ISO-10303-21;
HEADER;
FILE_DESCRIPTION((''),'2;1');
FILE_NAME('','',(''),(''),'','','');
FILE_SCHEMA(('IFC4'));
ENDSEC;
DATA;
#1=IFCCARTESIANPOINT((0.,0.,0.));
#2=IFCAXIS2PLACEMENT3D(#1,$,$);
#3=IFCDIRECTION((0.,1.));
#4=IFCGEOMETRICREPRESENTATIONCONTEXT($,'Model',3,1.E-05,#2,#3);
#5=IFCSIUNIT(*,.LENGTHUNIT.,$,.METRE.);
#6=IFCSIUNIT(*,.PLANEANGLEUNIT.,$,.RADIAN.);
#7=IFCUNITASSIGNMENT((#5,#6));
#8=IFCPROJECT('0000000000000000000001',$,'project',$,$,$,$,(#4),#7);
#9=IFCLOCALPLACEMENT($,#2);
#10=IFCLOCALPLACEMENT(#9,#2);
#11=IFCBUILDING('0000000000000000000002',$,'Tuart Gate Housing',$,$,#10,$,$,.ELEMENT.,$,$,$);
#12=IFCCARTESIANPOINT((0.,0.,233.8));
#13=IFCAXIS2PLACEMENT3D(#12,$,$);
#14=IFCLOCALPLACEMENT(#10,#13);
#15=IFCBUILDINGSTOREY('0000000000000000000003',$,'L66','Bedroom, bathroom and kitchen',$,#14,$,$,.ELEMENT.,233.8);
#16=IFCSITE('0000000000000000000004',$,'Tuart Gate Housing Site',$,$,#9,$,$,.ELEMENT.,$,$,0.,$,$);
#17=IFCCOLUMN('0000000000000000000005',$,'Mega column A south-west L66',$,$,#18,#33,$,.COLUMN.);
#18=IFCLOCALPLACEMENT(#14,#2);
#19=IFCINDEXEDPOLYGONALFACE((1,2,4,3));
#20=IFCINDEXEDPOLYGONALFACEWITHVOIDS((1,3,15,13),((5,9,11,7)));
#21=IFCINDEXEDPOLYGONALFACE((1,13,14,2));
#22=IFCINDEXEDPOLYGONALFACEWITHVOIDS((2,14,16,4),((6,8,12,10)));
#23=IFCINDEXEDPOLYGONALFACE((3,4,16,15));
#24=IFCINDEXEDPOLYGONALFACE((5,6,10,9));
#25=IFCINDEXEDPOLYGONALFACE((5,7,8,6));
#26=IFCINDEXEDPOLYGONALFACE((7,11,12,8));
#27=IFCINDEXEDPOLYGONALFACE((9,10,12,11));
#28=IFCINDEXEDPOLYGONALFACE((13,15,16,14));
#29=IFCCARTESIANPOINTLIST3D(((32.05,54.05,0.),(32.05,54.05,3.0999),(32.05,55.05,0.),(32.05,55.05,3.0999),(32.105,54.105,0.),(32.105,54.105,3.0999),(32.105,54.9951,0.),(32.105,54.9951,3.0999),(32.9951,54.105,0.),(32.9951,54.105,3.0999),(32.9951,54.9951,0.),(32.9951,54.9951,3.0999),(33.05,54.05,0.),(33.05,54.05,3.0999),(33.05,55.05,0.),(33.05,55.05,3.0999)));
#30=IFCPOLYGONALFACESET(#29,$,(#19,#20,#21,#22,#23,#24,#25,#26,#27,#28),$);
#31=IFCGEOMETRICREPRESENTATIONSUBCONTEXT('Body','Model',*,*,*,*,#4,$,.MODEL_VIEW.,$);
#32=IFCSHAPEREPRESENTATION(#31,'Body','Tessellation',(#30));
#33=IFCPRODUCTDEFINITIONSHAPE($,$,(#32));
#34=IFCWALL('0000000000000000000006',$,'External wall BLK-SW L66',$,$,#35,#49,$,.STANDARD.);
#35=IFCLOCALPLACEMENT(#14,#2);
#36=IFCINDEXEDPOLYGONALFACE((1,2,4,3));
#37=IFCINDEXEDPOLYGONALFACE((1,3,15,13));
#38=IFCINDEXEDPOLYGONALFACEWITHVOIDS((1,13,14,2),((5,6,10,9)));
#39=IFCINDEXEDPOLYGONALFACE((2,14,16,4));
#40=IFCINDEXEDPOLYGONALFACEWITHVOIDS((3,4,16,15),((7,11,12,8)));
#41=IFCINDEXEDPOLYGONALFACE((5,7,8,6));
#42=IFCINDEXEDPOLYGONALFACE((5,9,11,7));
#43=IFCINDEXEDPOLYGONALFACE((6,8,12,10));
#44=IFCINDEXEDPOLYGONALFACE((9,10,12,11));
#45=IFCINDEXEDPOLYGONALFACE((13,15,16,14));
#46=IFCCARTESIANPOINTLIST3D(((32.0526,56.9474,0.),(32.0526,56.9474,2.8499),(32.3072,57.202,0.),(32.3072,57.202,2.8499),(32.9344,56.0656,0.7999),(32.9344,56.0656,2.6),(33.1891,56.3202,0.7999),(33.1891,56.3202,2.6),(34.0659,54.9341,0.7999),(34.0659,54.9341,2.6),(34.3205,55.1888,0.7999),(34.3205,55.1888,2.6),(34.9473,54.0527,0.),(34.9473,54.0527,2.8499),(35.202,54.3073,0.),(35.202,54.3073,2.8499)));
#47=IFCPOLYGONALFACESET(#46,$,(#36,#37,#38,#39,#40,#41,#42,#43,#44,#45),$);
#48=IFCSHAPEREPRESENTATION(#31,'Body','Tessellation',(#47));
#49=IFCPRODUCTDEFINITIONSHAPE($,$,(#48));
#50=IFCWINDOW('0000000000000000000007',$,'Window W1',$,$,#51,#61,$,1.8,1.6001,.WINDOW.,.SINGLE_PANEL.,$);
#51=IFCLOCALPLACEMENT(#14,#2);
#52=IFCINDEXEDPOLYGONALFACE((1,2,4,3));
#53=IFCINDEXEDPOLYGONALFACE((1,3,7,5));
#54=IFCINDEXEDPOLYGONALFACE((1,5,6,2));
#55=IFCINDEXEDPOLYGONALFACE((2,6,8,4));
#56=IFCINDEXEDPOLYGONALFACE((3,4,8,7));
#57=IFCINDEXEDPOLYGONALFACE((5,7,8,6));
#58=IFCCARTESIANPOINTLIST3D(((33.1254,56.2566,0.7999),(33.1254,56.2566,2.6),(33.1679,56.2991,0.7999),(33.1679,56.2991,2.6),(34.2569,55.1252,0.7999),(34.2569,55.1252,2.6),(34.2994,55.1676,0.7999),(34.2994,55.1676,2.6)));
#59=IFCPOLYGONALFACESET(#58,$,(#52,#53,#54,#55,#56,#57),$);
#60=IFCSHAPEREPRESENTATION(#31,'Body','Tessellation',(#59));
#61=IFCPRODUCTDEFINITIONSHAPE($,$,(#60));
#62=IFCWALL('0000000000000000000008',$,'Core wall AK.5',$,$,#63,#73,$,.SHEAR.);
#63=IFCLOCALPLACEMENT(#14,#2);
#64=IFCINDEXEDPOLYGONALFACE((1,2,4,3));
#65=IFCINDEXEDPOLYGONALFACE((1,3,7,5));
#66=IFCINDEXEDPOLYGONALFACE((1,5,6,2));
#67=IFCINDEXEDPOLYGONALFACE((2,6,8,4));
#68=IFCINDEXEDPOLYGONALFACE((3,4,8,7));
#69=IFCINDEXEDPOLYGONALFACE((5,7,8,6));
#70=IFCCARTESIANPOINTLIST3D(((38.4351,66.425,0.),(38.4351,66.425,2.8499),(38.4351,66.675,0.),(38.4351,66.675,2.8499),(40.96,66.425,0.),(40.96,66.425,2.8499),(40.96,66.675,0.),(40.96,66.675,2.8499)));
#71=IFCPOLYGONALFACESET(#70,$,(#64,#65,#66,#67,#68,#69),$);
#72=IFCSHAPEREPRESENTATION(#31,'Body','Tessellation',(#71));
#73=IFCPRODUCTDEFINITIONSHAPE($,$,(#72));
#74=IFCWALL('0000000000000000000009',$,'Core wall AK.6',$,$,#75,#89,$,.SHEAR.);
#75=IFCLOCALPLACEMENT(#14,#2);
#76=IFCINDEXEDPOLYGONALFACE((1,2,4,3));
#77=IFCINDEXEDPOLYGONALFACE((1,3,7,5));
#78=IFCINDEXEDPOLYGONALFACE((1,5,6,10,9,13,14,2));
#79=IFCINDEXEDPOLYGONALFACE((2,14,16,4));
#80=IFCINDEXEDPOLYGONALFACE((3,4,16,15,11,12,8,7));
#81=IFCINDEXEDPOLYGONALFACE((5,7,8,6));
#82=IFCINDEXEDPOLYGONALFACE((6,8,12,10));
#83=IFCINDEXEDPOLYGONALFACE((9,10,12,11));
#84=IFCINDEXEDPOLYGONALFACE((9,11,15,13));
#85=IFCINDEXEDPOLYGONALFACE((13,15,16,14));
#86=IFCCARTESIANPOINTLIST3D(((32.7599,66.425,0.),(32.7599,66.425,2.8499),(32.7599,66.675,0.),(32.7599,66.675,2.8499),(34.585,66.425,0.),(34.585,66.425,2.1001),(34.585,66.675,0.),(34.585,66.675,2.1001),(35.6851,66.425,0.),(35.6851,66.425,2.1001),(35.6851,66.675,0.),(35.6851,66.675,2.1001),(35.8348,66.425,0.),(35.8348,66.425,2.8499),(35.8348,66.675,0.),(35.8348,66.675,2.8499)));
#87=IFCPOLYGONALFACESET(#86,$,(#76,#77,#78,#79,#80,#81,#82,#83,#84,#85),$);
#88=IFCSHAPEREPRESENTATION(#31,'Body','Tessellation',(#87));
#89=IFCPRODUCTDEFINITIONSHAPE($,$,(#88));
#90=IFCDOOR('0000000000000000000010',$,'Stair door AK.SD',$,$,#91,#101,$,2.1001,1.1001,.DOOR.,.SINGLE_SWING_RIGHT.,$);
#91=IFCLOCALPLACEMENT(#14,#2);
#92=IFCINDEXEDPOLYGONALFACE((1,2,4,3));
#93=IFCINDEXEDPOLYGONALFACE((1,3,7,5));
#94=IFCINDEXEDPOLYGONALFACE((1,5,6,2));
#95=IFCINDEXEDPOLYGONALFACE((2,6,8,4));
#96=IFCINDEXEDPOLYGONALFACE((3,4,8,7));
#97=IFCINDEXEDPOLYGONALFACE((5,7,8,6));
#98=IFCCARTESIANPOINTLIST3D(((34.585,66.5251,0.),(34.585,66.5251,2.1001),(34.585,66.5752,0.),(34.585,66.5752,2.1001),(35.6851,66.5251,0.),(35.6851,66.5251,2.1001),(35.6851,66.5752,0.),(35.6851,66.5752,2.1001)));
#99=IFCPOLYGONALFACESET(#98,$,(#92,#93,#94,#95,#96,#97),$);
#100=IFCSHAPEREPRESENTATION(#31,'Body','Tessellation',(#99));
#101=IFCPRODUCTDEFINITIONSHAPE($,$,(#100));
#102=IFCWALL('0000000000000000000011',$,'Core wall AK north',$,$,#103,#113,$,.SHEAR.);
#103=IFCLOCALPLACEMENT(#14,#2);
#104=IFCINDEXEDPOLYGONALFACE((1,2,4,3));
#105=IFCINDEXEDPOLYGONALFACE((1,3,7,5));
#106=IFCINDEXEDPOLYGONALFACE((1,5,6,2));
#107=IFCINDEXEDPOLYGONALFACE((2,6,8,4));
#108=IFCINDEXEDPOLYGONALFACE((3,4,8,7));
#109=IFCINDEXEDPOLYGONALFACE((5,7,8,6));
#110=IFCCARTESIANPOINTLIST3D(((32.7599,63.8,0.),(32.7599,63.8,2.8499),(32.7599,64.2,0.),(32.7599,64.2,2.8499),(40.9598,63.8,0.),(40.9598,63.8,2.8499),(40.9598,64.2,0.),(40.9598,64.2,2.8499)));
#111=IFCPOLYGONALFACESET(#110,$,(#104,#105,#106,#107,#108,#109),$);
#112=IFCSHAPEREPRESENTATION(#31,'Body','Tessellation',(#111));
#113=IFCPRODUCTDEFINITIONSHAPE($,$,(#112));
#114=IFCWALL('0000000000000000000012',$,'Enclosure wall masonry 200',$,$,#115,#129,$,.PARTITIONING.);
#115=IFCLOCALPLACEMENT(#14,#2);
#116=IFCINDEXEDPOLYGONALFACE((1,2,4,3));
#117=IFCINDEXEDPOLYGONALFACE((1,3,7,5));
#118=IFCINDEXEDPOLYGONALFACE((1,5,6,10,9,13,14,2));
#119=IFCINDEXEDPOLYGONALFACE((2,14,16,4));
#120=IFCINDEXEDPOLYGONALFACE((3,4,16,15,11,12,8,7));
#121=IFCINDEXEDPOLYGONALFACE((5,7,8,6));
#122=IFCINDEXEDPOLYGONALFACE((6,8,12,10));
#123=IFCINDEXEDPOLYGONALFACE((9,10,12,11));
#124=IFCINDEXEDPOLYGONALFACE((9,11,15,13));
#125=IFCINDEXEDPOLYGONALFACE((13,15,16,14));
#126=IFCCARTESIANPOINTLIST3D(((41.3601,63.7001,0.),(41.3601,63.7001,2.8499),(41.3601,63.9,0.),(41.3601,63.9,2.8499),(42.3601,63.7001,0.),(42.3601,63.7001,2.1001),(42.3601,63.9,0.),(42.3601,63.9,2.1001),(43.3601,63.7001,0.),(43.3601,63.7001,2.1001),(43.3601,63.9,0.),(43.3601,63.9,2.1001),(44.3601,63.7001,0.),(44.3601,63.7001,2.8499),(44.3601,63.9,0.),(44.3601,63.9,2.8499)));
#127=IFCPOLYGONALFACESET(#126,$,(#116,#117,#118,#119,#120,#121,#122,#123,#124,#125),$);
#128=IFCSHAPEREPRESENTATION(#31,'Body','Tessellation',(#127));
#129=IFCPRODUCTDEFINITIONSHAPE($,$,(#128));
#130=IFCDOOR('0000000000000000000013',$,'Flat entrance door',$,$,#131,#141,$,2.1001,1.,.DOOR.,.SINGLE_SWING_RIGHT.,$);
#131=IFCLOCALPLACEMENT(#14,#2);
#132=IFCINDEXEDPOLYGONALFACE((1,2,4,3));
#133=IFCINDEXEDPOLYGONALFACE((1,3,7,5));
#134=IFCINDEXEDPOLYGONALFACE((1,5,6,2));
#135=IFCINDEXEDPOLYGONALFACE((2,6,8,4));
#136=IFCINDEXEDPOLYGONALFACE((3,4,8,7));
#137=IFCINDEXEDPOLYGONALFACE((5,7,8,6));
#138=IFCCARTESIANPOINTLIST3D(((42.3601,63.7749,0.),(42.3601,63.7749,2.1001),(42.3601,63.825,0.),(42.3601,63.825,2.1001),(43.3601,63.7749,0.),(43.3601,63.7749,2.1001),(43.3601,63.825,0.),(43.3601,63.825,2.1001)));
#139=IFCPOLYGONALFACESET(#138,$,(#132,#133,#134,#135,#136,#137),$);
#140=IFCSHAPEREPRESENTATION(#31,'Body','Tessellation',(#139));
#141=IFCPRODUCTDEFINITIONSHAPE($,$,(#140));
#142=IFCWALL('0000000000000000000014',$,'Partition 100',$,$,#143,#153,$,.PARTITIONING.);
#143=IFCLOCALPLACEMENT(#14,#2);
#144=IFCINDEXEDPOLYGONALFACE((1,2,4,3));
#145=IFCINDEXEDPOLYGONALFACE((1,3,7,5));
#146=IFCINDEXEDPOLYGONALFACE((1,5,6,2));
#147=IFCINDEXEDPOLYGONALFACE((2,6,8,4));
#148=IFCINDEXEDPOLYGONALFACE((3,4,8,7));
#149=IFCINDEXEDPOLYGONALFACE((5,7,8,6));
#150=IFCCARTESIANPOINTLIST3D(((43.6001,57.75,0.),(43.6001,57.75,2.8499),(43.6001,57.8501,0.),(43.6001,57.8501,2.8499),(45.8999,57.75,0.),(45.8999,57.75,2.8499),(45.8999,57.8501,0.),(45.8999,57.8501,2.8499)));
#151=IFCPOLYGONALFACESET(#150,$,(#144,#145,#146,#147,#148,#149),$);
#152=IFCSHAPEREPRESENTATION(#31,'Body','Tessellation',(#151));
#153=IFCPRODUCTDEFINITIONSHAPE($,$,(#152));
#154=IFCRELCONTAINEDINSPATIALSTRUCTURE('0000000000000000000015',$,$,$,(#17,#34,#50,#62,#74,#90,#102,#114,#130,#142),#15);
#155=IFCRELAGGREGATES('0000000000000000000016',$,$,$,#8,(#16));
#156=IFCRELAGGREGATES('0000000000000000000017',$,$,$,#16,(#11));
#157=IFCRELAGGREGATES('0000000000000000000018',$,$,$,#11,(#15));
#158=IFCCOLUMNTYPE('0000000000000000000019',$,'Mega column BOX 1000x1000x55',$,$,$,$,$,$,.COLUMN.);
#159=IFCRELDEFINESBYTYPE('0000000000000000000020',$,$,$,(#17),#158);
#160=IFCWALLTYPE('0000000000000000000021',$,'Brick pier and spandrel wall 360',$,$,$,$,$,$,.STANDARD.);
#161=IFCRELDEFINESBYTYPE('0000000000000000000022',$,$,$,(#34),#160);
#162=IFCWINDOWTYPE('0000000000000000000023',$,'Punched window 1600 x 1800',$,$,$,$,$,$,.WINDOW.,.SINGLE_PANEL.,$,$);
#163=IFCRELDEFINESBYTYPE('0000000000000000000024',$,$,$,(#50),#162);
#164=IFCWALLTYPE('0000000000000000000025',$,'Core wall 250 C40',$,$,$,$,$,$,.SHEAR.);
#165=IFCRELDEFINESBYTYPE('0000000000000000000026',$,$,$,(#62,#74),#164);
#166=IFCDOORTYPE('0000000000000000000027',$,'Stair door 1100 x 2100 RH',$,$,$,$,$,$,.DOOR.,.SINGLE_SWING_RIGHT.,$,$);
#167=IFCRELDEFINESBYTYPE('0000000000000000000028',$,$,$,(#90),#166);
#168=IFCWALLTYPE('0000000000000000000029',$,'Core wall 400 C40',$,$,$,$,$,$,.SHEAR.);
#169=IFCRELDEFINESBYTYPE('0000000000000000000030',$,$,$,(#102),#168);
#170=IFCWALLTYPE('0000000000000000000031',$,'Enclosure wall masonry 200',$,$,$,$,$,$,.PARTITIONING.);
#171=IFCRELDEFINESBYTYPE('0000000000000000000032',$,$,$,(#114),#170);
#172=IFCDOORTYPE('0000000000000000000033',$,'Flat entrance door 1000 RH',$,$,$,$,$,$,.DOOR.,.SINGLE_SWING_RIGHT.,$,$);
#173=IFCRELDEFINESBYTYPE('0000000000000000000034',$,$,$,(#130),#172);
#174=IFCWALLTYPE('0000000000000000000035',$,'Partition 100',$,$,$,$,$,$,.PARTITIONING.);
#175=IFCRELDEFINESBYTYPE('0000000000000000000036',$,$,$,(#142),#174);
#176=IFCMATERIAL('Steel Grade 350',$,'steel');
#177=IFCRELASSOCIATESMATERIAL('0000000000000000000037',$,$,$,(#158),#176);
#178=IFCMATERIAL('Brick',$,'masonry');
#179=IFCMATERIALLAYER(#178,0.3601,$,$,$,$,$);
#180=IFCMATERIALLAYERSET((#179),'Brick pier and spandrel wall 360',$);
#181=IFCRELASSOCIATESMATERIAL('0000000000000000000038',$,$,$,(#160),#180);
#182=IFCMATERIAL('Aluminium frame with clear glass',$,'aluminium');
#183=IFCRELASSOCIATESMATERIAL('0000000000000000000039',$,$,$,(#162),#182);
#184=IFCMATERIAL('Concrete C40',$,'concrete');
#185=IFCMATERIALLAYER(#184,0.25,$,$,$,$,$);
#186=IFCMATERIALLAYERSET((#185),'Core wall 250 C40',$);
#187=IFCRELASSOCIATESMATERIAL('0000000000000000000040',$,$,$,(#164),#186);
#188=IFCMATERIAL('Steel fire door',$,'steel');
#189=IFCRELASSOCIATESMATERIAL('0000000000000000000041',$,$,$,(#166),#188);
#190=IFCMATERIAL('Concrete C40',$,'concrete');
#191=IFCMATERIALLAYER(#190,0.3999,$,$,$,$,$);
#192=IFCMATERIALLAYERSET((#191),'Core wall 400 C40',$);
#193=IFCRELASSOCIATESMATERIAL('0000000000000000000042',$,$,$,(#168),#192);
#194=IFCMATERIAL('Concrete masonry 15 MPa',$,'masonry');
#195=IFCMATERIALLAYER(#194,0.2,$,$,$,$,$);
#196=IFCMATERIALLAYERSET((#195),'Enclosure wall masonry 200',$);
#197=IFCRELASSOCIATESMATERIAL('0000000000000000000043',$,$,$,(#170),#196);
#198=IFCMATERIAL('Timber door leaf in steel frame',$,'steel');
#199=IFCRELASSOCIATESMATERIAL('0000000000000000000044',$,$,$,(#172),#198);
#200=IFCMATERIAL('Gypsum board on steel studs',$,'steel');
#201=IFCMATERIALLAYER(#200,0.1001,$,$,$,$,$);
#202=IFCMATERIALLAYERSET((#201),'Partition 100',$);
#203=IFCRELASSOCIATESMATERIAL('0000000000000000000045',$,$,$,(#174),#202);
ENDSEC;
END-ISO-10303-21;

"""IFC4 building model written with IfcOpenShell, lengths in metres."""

from ifc_helpers import new_model, si_unit, direction, frame, frame_2d, origin, origin_2d, place, context, subcontext, project, spatial, rectangle, hollow_rectangle, extrude, material, layer, layer_set, material_profile, profile_set, type_object, element, fill, save


model = new_model("IFC4")

# Units and contexts
model_context = context("Model", 3, precision=1e-05, world=origin(), true_north=direction((0.0, 1.0)))
body_context = subcontext(model_context, "Body", "Model", "MODEL_VIEW")
ifc_project = project(units=[si_unit("LENGTHUNIT", "METRE"), si_unit("PLANEANGLEUNIT", "RADIAN")], contexts=[model_context])

# Site, building, storey
site_placement = place(None, origin())
site = spatial("IfcSite", under=ifc_project, at=site_placement, Name="Tuart Gate Housing Site", CompositionType="ELEMENT", RefElevation=0.0)
building_placement = place(site_placement, origin())
building = spatial("IfcBuilding", under=site, at=building_placement, Name="Tuart Gate Housing", CompositionType="ELEMENT")
storey_placement = place(building_placement, frame((0.0, 0.0, 233.8)))
storey = spatial("IfcBuildingStorey", under=building, at=storey_placement, Name="L66", Description="Bedroom, bathroom and kitchen", CompositionType="ELEMENT", Elevation=233.8)

# Column
ifc_material_1 = material(Name="Steel Grade 350", Category="steel")
ifc_material_profile = material_profile(ifc_material_1, hollow_rectangle(XDim=1.0, YDim=1.0, WallThickness=0.0549, at=origin_2d()), Name="BOX 1000x1000x55")
ifc_profile_set = profile_set([ifc_material_profile], Name="Steel Grade 350")
column_type = type_object("IfcColumnType", Name="Mega column BOX 1000x1000x55", PredefinedType="COLUMN", material=ifc_profile_set)
column_placement = place(storey_placement, frame((32.55, 54.55, 0.0), z_axis=(0.0, 0.0, 1.0), x_axis=(1.0, 0.0, 0.0)))
element("IfcColumn", 1, at=column_placement, inside=storey, type_object=column_type, Name="Mega column A south-west L66", PredefinedType="COLUMN", context=body_context, shape_type="SweptSolid", body=[
    extrude(hollow_rectangle(XDim=1.0, YDim=1.0, WallThickness=0.0549, at=origin_2d()), origin(), (0.0, 0.0, 1.0), 3.0999),
])

# Wall, opening, window
ifc_material_2 = material(Name="Brick", Category="masonry")
ifc_layer_1 = layer(ifc_material_2, 0.3601)
ifc_layer_set_1 = layer_set([ifc_layer_1], Name="Brick pier and spandrel wall 360")
wall_type_1 = type_object("IfcWallType", Name="Brick pier and spandrel wall 360", PredefinedType="STANDARD", material=ifc_layer_set_1)
wall_1_placement = place(storey_placement, frame((32.1799, 57.0747, 0.0), z_axis=(0.0, 0.0, 1.0), x_axis=(0.707107, -0.707107, 0.0)))
wall_1 = element("IfcWall", 2, at=wall_1_placement, inside=storey, type_object=wall_type_1, Name="External wall BLK-SW L66", PredefinedType="STANDARD", context=body_context, shape_type="SweptSolid", body=[
    extrude(rectangle(XDim=4.0938, YDim=0.3601, at=frame_2d((2.0469, 0.0))), origin(), (0.0, 0.0, 1.0), 2.8499),
])
opening_1_placement = place(wall_1_placement, frame((1.2471, 0.0, 0.8)))
opening_1 = element("IfcOpeningElement", 3, at=opening_1_placement, cuts=wall_1, PredefinedType="OPENING", context=body_context, shape_type="SweptSolid", body=[
    extrude(rectangle(XDim=1.6001, YDim=1.8, at=frame_2d((0.8, 0.8999))), frame((0.0, 0.1899, 0.0), z_axis=(0.0, -1.0, 0.0), x_axis=(1.0, 0.0, 0.0)), (0.0, 0.0, 1.0), 0.3801),
])
ifc_material_3 = material(Name="Aluminium frame with clear glass", Category="aluminium")
window_type = type_object("IfcWindowType", Name="Punched window 1600 x 1800", PartitioningType="SINGLE_PANEL", PredefinedType="WINDOW", material=ifc_material_3)
window_placement = place(opening_1_placement, origin())
window = element("IfcWindow", 4, at=window_placement, inside=storey, type_object=window_type, Name="Window W1", OverallHeight=1.8, OverallWidth=1.6001, PartitioningType="SINGLE_PANEL", PredefinedType="WINDOW", context=body_context, shape_type="SweptSolid", body=[
    extrude(rectangle(XDim=1.6001, YDim=1.8, at=frame_2d((0.8, 0.8999))), frame((0.0, 0.1501, 0.0), z_axis=(0.0, -1.0, 0.0), x_axis=(1.0, 0.0, 0.0)), (0.0, 0.0, 1.0), 0.0601),
])
fill(opening_1, window)

# Wall
ifc_material_4 = material(Name="Concrete C40", Category="concrete")
ifc_layer_2 = layer(ifc_material_4, 0.25)
ifc_layer_set_2 = layer_set([ifc_layer_2], Name="Core wall 250 C40")
wall_type_2 = type_object("IfcWallType", Name="Core wall 250 C40", PredefinedType="SHEAR", material=ifc_layer_set_2)
wall_2_placement = place(storey_placement, frame((40.96, 66.55, 0.0), z_axis=(0.0, 0.0, 1.0), x_axis=(-1.0, 0.0, 0.0)))
element("IfcWall", 5, at=wall_2_placement, inside=storey, type_object=wall_type_2, Name="Core wall AK.5", PredefinedType="SHEAR", context=body_context, shape_type="SweptSolid", body=[
    extrude(rectangle(XDim=2.5249, YDim=0.25, at=frame_2d((1.2625, 0.0))), origin(), (0.0, 0.0, 1.0), 2.8499),
])

# Wall, opening, door
wall_3_placement = place(storey_placement, frame((35.835, 66.55, 0.0), z_axis=(0.0, 0.0, 1.0), x_axis=(-1.0, 0.0, 0.0)))
wall_3 = element("IfcWall", 6, at=wall_3_placement, inside=storey, type_object=wall_type_2, Name="Core wall AK.6", PredefinedType="SHEAR", context=body_context, shape_type="SweptSolid", body=[
    extrude(rectangle(XDim=3.075, YDim=0.25, at=frame_2d((1.5376, 0.0))), origin(), (0.0, 0.0, 1.0), 2.8499),
])
opening_2_placement = place(wall_3_placement, frame((0.1499, 0.0, 0.0)))
opening_2 = element("IfcOpeningElement", 7, at=opening_2_placement, cuts=wall_3, PredefinedType="OPENING", context=body_context, shape_type="SweptSolid", body=[
    extrude(rectangle(XDim=1.1001, YDim=2.1001, at=frame_2d((0.55, 1.05))), frame((0.0, 0.135, 0.0), z_axis=(0.0, -1.0, 0.0), x_axis=(1.0, 0.0, 0.0)), (0.0, 0.0, 1.0), 0.27),
])
ifc_material_5 = material(Name="Steel fire door", Category="steel")
door_type_1 = type_object("IfcDoorType", Name="Stair door 1100 x 2100 RH", OperationType="SINGLE_SWING_RIGHT", PredefinedType="DOOR", material=ifc_material_5)
door_1_placement = place(opening_2_placement, frame((1.1001, 0.0, 0.0), z_axis=(0.0, 0.0, 1.0), x_axis=(-1.0, 0.0, 0.0)))
door_1 = element("IfcDoor", 8, at=door_1_placement, inside=storey, type_object=door_type_1, Name="Stair door AK.SD", OperationType="SINGLE_SWING_RIGHT", OverallHeight=2.1001, OverallWidth=1.1001, PredefinedType="DOOR", context=body_context, shape_type="SweptSolid", body=[
    extrude(rectangle(XDim=1.1001, YDim=2.1001, at=frame_2d((0.55, 1.05))), frame((0.0, 0.0251, 0.0), z_axis=(0.0, -1.0, 0.0), x_axis=(1.0, 0.0, 0.0)), (0.0, 0.0, 1.0), 0.05),
])
fill(opening_2, door_1)

# Wall
ifc_material_6 = material(Name="Concrete C40", Category="concrete")
ifc_layer_3 = layer(ifc_material_6, 0.3999)
ifc_layer_set_3 = layer_set([ifc_layer_3], Name="Core wall 400 C40")
wall_type_3 = type_object("IfcWallType", Name="Core wall 400 C40", PredefinedType="SHEAR", material=ifc_layer_set_3)
wall_4_placement = place(storey_placement, frame((40.96, 64.0, 0.0), z_axis=(0.0, 0.0, 1.0), x_axis=(-1.0, 0.0, 0.0)))
element("IfcWall", 9, at=wall_4_placement, inside=storey, type_object=wall_type_3, Name="Core wall AK north", PredefinedType="SHEAR", context=body_context, shape_type="SweptSolid", body=[
    extrude(rectangle(XDim=8.2, YDim=0.3999, at=frame_2d((4.1001, 0.0))), origin(), (0.0, 0.0, 1.0), 2.8499),
])

# Wall, opening, door
ifc_material_7 = material(Name="Concrete masonry 15 MPa", Category="masonry")
ifc_layer_4 = layer(ifc_material_7, 0.2)
ifc_layer_set_4 = layer_set([ifc_layer_4], Name="Enclosure wall masonry 200")
wall_type_4 = type_object("IfcWallType", Name="Enclosure wall masonry 200", PredefinedType="PARTITIONING", material=ifc_layer_set_4)
wall_5_placement = place(storey_placement, frame((41.3601, 63.8, 0.0), z_axis=(0.0, 0.0, 1.0), x_axis=(1.0, 0.0, 0.0)))
wall_5 = element("IfcWall", 10, at=wall_5_placement, inside=storey, type_object=wall_type_4, Name="Enclosure wall masonry 200", PredefinedType="PARTITIONING", context=body_context, shape_type="SweptSolid", body=[
    extrude(rectangle(XDim=3.0, YDim=0.2, at=frame_2d((1.5, 0.0))), origin(), (0.0, 0.0, 1.0), 2.8499),
])
opening_3_placement = place(wall_5_placement, frame((1.0, 0.0, 0.0)))
opening_3 = element("IfcOpeningElement", 11, at=opening_3_placement, cuts=wall_5, PredefinedType="OPENING", context=body_context, shape_type="SweptSolid", body=[
    extrude(rectangle(XDim=1.0, YDim=2.1001, at=frame_2d((0.5, 1.05))), frame((0.0, 0.1099, 0.0), z_axis=(0.0, -1.0, 0.0), x_axis=(1.0, 0.0, 0.0)), (0.0, 0.0, 1.0), 0.22),
])
ifc_material_8 = material(Name="Timber door leaf in steel frame", Category="steel")
door_type_2 = type_object("IfcDoorType", Name="Flat entrance door 1000 RH", OperationType="SINGLE_SWING_RIGHT", PredefinedType="DOOR", material=ifc_material_8)
door_2_placement = place(opening_3_placement, frame((1.0, 0.0, 0.0), z_axis=(0.0, 0.0, 1.0), x_axis=(-1.0, 0.0, 0.0)))
door_2 = element("IfcDoor", 12, at=door_2_placement, inside=storey, type_object=door_type_2, Name="Flat entrance door", OperationType="SINGLE_SWING_RIGHT", OverallHeight=2.1001, OverallWidth=1.0, PredefinedType="DOOR", context=body_context, shape_type="SweptSolid", body=[
    extrude(rectangle(XDim=1.0, YDim=2.1001, at=frame_2d((0.5, 1.05))), frame((0.0, 0.0251, 0.0), z_axis=(0.0, -1.0, 0.0), x_axis=(1.0, 0.0, 0.0)), (0.0, 0.0, 1.0), 0.05),
])
fill(opening_3, door_2)

# Wall
ifc_material_9 = material(Name="Gypsum board on steel studs", Category="steel")
ifc_layer_5 = layer(ifc_material_9, 0.1001)
ifc_layer_set_5 = layer_set([ifc_layer_5], Name="Partition 100")
wall_type_5 = type_object("IfcWallType", Name="Partition 100", PredefinedType="PARTITIONING", material=ifc_layer_set_5)
wall_6_placement = place(storey_placement, frame((43.6001, 57.8, 0.0), z_axis=(0.0, 0.0, 1.0), x_axis=(1.0, 0.0, 0.0)))
element("IfcWall", 13, at=wall_6_placement, inside=storey, type_object=wall_type_5, Name="Partition 100", PredefinedType="PARTITIONING", context=body_context, shape_type="SweptSolid", body=[
    extrude(rectangle(XDim=2.2998, YDim=0.1001, at=frame_2d((1.1499, 0.0))), origin(), (0.0, 0.0, 1.0), 2.8499),
])

save(model, "model.ifc")
